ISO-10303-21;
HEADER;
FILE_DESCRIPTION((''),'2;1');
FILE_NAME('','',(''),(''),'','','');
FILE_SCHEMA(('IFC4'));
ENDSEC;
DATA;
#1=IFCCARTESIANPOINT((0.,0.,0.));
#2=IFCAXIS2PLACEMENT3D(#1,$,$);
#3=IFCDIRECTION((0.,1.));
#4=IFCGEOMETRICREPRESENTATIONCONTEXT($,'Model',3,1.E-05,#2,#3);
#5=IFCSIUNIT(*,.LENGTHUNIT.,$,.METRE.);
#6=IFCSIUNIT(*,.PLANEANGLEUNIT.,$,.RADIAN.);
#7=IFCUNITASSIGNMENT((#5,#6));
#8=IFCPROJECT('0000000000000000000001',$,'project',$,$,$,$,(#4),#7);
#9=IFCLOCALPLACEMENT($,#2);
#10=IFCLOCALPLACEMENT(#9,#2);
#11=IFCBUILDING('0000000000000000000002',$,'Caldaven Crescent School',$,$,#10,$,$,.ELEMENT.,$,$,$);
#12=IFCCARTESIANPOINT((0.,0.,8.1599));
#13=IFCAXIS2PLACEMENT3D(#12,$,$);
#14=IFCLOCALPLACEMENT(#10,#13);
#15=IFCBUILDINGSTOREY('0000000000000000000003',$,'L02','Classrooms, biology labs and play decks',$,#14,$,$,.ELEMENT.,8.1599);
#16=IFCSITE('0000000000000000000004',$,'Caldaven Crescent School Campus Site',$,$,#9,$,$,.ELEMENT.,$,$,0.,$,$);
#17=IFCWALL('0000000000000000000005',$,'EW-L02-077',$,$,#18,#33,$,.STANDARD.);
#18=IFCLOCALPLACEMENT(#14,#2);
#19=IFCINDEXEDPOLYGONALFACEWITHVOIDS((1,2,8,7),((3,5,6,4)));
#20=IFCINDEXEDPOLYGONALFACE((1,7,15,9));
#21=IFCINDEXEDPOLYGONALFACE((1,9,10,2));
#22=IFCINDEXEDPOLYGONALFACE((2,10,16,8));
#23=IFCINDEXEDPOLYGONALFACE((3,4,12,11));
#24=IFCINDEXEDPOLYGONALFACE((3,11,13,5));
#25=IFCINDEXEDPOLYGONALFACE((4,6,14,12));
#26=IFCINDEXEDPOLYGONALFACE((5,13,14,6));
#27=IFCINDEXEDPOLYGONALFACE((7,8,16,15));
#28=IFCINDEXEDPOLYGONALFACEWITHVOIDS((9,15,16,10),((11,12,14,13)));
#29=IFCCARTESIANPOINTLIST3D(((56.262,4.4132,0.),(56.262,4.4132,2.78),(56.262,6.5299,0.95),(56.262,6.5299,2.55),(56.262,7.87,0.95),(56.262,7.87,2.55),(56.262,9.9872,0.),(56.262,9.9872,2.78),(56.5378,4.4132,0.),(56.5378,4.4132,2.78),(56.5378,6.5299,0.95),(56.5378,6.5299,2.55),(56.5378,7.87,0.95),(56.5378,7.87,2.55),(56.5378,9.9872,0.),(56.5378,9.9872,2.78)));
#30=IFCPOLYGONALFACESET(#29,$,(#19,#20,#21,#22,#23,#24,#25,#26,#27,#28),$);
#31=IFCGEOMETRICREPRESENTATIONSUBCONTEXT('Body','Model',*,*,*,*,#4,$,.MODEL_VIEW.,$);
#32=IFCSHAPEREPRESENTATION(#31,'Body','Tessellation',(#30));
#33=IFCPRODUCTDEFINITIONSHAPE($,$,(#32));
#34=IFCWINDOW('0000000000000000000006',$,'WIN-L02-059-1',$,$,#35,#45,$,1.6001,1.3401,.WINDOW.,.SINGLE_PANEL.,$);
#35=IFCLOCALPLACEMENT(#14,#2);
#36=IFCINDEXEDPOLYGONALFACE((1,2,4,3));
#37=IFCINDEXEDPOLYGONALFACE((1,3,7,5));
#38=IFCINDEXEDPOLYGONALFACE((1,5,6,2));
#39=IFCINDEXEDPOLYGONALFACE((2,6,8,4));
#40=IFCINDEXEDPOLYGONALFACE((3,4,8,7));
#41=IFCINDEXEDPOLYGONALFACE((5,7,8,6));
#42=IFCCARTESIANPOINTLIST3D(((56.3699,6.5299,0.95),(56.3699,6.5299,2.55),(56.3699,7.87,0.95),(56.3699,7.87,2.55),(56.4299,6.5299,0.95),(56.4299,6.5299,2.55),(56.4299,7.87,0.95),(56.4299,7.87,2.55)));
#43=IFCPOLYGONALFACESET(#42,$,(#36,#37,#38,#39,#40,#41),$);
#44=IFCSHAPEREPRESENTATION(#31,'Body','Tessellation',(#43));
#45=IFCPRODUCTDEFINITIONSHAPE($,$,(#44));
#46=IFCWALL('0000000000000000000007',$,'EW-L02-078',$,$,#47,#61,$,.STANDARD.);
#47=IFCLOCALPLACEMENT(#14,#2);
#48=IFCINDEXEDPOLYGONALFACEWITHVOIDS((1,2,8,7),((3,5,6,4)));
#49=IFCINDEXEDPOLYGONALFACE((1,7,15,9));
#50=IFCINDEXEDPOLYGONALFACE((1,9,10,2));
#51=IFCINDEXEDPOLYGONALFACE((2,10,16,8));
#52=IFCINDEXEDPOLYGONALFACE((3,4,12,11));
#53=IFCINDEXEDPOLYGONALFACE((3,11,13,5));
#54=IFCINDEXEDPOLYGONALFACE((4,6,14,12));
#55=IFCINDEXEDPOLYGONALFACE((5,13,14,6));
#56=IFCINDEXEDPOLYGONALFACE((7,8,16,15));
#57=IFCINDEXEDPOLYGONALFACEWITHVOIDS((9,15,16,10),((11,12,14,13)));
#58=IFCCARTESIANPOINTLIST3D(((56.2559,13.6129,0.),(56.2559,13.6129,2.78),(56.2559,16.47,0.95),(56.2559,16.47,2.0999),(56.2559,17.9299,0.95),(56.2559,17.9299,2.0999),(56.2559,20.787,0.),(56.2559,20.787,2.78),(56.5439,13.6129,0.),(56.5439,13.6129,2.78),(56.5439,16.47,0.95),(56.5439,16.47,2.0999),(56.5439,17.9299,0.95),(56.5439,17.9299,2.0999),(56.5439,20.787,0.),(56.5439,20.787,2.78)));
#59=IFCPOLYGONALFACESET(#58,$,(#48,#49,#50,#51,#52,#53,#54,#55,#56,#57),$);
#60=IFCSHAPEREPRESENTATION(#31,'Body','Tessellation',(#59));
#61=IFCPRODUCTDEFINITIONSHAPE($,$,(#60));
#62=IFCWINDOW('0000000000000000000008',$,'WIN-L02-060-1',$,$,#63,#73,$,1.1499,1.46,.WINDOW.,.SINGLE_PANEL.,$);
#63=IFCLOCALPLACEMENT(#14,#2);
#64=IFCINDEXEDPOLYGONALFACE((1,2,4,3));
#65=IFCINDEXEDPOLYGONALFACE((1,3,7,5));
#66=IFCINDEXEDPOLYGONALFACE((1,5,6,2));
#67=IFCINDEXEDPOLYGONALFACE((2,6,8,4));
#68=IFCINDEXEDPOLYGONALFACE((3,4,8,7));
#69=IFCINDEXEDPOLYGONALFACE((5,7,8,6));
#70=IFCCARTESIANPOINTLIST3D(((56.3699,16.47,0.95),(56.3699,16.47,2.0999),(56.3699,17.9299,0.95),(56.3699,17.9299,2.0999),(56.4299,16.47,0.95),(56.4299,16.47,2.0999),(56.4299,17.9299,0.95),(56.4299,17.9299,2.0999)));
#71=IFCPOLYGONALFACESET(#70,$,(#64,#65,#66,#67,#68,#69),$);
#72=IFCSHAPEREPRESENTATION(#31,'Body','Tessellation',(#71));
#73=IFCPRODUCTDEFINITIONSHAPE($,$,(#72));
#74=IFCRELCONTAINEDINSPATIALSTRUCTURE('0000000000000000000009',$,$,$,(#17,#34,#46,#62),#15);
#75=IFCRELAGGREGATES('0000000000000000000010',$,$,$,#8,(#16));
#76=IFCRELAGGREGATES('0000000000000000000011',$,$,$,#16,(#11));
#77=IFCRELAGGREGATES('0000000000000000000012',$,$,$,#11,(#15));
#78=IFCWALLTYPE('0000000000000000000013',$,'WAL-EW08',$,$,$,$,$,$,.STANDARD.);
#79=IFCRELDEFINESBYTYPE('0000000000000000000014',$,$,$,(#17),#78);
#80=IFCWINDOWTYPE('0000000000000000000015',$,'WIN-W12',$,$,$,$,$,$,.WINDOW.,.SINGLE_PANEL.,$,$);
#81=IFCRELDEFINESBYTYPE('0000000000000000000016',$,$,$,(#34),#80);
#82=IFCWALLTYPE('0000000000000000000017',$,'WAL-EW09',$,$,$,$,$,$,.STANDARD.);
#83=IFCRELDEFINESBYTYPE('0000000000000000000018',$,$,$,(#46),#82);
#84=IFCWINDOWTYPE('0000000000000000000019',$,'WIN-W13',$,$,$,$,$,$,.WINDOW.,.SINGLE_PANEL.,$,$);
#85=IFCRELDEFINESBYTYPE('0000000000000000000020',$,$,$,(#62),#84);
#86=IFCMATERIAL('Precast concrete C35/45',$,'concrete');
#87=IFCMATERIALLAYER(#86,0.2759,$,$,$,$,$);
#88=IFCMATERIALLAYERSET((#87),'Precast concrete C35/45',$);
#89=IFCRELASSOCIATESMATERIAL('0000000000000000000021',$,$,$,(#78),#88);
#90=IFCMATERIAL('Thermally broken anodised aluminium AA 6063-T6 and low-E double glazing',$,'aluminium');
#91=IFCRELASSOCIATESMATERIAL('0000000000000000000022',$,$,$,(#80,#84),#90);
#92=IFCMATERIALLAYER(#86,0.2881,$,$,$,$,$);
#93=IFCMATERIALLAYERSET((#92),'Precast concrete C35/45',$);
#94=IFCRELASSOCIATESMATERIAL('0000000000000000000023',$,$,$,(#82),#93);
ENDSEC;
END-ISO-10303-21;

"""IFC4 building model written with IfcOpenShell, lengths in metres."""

from ifc_helpers import new_model, si_unit, direction, frame, frame_2d, origin, place, context, subcontext, project, spatial, rectangle, extrude, material, layer, layer_set, type_object, element, fill, save


model = new_model("IFC4")

# Units and contexts
model_context = context("Model", 3, precision=1e-05, world=origin(), true_north=direction((0.0, 1.0)))
body_context = subcontext(model_context, "Body", "Model", "MODEL_VIEW")
ifc_project = project(units=[si_unit("LENGTHUNIT", "METRE"), si_unit("PLANEANGLEUNIT", "RADIAN")], contexts=[model_context])

# Site, building, storey
site_placement = place(None, origin())
site = spatial("IfcSite", under=ifc_project, at=site_placement, Name="Caldaven Crescent School Campus Site", CompositionType="ELEMENT", RefElevation=0.0)
building_placement = place(site_placement, origin())
building = spatial("IfcBuilding", under=site, at=building_placement, Name="Caldaven Crescent School", CompositionType="ELEMENT")
storey_placement = place(building_placement, frame((0.0, 0.0, 8.1599)))
storey = spatial("IfcBuildingStorey", under=building, at=storey_placement, Name="L02", Description="Classrooms, biology labs and play decks", CompositionType="ELEMENT", Elevation=8.1599)

# Walls, openings, windows
ifc_material_1 = material(Name="Precast concrete C35/45", Category="concrete")
ifc_layer_1 = layer(ifc_material_1, 0.2759)
ifc_layer_set_1 = layer_set([ifc_layer_1], Name="Precast concrete C35/45")
wall_type_1 = type_object("IfcWallType", Name="WAL-EW08", PredefinedType="STANDARD", material=ifc_layer_set_1)
wall_1_placement = place(storey_placement, frame((56.3999, 4.4131, 0.0), z_axis=(0.0, 0.0, 1.0), x_axis=(0.0, 1.0, 0.0)))
wall_1 = element("IfcWall", 1, at=wall_1_placement, inside=storey, type_object=wall_type_1, Name="EW-L02-077", PredefinedType="STANDARD", context=body_context, shape_type="SweptSolid", body=[
    extrude(rectangle(XDim=5.574, YDim=0.2759, at=frame_2d((2.7871, 0.0))), origin(), (0.0, 0.0, 1.0), 2.78),
])
opening_1_placement = place(wall_1_placement, frame((2.1169, 0.0, 0.95)))
opening_1 = element("IfcOpeningElement", 2, at=opening_1_placement, cuts=wall_1, PredefinedType="OPENING", context=body_context, shape_type="SweptSolid", body=[
    extrude(rectangle(XDim=1.3401, YDim=1.6001, at=frame_2d((0.6699, 0.8))), frame((0.0, 0.1479, 0.0), z_axis=(0.0, -1.0, 0.0), x_axis=(1.0, 0.0, 0.0)), (0.0, 0.0, 1.0), 0.2959),
])
ifc_material_2 = material(Name="Thermally broken anodised aluminium AA 6063-T6 and low-E double glazing", Category="aluminium")
window_type_1 = type_object("IfcWindowType", Name="WIN-W12", PartitioningType="SINGLE_PANEL", PredefinedType="WINDOW", material=ifc_material_2)
window_1_placement = place(opening_1_placement, origin())
window_1 = element("IfcWindow", 3, at=window_1_placement, inside=storey, type_object=window_type_1, Name="WIN-L02-059-1", OverallHeight=1.6001, OverallWidth=1.3401, PartitioningType="SINGLE_PANEL", PredefinedType="WINDOW", context=body_context, shape_type="SweptSolid", body=[
    extrude(rectangle(XDim=1.3401, YDim=1.6001, at=frame_2d((0.6699, 0.8))), frame((0.0, 0.03, 0.0), z_axis=(0.0, -1.0, 0.0), x_axis=(1.0, 0.0, 0.0)), (0.0, 0.0, 1.0), 0.0601),
])
fill(opening_1, window_1)
ifc_layer_2 = layer(ifc_material_1, 0.2881)
ifc_layer_set_2 = layer_set([ifc_layer_2], Name="Precast concrete C35/45")
wall_type_2 = type_object("IfcWallType", Name="WAL-EW09", PredefinedType="STANDARD", material=ifc_layer_set_2)
wall_2_placement = place(storey_placement, frame((56.3999, 13.613, 0.0), z_axis=(0.0, 0.0, 1.0), x_axis=(0.0, 1.0, 0.0)))
wall_2 = element("IfcWall", 4, at=wall_2_placement, inside=storey, type_object=wall_type_2, Name="EW-L02-078", PredefinedType="STANDARD", context=body_context, shape_type="SweptSolid", body=[
    extrude(rectangle(XDim=7.1741, YDim=0.2881, at=frame_2d((3.5869, 0.0))), origin(), (0.0, 0.0, 1.0), 2.78),
])
opening_2_placement = place(wall_2_placement, frame((2.8569, 0.0, 0.95)))
opening_2 = element("IfcOpeningElement", 5, at=opening_2_placement, cuts=wall_2, PredefinedType="OPENING", context=body_context, shape_type="SweptSolid", body=[
    extrude(rectangle(XDim=1.46, YDim=1.1499, at=frame_2d((0.73, 0.575))), frame((0.0, 0.1541, 0.0), z_axis=(0.0, -1.0, 0.0), x_axis=(1.0, 0.0, 0.0)), (0.0, 0.0, 1.0), 0.3081),
])
window_type_2 = type_object("IfcWindowType", Name="WIN-W13", PartitioningType="SINGLE_PANEL", PredefinedType="WINDOW", material=ifc_material_2)
window_2_placement = place(opening_2_placement, origin())
window_2 = element("IfcWindow", 6, at=window_2_placement, inside=storey, type_object=window_type_2, Name="WIN-L02-060-1", OverallHeight=1.1499, OverallWidth=1.46, PartitioningType="SINGLE_PANEL", PredefinedType="WINDOW", context=body_context, shape_type="SweptSolid", body=[
    extrude(rectangle(XDim=1.46, YDim=1.1499, at=frame_2d((0.73, 0.575))), frame((0.0, 0.03, 0.0), z_axis=(0.0, -1.0, 0.0), x_axis=(1.0, 0.0, 0.0)), (0.0, 0.0, 1.0), 0.0601),
])
fill(opening_2, window_2)

save(model, "model.ifc")
